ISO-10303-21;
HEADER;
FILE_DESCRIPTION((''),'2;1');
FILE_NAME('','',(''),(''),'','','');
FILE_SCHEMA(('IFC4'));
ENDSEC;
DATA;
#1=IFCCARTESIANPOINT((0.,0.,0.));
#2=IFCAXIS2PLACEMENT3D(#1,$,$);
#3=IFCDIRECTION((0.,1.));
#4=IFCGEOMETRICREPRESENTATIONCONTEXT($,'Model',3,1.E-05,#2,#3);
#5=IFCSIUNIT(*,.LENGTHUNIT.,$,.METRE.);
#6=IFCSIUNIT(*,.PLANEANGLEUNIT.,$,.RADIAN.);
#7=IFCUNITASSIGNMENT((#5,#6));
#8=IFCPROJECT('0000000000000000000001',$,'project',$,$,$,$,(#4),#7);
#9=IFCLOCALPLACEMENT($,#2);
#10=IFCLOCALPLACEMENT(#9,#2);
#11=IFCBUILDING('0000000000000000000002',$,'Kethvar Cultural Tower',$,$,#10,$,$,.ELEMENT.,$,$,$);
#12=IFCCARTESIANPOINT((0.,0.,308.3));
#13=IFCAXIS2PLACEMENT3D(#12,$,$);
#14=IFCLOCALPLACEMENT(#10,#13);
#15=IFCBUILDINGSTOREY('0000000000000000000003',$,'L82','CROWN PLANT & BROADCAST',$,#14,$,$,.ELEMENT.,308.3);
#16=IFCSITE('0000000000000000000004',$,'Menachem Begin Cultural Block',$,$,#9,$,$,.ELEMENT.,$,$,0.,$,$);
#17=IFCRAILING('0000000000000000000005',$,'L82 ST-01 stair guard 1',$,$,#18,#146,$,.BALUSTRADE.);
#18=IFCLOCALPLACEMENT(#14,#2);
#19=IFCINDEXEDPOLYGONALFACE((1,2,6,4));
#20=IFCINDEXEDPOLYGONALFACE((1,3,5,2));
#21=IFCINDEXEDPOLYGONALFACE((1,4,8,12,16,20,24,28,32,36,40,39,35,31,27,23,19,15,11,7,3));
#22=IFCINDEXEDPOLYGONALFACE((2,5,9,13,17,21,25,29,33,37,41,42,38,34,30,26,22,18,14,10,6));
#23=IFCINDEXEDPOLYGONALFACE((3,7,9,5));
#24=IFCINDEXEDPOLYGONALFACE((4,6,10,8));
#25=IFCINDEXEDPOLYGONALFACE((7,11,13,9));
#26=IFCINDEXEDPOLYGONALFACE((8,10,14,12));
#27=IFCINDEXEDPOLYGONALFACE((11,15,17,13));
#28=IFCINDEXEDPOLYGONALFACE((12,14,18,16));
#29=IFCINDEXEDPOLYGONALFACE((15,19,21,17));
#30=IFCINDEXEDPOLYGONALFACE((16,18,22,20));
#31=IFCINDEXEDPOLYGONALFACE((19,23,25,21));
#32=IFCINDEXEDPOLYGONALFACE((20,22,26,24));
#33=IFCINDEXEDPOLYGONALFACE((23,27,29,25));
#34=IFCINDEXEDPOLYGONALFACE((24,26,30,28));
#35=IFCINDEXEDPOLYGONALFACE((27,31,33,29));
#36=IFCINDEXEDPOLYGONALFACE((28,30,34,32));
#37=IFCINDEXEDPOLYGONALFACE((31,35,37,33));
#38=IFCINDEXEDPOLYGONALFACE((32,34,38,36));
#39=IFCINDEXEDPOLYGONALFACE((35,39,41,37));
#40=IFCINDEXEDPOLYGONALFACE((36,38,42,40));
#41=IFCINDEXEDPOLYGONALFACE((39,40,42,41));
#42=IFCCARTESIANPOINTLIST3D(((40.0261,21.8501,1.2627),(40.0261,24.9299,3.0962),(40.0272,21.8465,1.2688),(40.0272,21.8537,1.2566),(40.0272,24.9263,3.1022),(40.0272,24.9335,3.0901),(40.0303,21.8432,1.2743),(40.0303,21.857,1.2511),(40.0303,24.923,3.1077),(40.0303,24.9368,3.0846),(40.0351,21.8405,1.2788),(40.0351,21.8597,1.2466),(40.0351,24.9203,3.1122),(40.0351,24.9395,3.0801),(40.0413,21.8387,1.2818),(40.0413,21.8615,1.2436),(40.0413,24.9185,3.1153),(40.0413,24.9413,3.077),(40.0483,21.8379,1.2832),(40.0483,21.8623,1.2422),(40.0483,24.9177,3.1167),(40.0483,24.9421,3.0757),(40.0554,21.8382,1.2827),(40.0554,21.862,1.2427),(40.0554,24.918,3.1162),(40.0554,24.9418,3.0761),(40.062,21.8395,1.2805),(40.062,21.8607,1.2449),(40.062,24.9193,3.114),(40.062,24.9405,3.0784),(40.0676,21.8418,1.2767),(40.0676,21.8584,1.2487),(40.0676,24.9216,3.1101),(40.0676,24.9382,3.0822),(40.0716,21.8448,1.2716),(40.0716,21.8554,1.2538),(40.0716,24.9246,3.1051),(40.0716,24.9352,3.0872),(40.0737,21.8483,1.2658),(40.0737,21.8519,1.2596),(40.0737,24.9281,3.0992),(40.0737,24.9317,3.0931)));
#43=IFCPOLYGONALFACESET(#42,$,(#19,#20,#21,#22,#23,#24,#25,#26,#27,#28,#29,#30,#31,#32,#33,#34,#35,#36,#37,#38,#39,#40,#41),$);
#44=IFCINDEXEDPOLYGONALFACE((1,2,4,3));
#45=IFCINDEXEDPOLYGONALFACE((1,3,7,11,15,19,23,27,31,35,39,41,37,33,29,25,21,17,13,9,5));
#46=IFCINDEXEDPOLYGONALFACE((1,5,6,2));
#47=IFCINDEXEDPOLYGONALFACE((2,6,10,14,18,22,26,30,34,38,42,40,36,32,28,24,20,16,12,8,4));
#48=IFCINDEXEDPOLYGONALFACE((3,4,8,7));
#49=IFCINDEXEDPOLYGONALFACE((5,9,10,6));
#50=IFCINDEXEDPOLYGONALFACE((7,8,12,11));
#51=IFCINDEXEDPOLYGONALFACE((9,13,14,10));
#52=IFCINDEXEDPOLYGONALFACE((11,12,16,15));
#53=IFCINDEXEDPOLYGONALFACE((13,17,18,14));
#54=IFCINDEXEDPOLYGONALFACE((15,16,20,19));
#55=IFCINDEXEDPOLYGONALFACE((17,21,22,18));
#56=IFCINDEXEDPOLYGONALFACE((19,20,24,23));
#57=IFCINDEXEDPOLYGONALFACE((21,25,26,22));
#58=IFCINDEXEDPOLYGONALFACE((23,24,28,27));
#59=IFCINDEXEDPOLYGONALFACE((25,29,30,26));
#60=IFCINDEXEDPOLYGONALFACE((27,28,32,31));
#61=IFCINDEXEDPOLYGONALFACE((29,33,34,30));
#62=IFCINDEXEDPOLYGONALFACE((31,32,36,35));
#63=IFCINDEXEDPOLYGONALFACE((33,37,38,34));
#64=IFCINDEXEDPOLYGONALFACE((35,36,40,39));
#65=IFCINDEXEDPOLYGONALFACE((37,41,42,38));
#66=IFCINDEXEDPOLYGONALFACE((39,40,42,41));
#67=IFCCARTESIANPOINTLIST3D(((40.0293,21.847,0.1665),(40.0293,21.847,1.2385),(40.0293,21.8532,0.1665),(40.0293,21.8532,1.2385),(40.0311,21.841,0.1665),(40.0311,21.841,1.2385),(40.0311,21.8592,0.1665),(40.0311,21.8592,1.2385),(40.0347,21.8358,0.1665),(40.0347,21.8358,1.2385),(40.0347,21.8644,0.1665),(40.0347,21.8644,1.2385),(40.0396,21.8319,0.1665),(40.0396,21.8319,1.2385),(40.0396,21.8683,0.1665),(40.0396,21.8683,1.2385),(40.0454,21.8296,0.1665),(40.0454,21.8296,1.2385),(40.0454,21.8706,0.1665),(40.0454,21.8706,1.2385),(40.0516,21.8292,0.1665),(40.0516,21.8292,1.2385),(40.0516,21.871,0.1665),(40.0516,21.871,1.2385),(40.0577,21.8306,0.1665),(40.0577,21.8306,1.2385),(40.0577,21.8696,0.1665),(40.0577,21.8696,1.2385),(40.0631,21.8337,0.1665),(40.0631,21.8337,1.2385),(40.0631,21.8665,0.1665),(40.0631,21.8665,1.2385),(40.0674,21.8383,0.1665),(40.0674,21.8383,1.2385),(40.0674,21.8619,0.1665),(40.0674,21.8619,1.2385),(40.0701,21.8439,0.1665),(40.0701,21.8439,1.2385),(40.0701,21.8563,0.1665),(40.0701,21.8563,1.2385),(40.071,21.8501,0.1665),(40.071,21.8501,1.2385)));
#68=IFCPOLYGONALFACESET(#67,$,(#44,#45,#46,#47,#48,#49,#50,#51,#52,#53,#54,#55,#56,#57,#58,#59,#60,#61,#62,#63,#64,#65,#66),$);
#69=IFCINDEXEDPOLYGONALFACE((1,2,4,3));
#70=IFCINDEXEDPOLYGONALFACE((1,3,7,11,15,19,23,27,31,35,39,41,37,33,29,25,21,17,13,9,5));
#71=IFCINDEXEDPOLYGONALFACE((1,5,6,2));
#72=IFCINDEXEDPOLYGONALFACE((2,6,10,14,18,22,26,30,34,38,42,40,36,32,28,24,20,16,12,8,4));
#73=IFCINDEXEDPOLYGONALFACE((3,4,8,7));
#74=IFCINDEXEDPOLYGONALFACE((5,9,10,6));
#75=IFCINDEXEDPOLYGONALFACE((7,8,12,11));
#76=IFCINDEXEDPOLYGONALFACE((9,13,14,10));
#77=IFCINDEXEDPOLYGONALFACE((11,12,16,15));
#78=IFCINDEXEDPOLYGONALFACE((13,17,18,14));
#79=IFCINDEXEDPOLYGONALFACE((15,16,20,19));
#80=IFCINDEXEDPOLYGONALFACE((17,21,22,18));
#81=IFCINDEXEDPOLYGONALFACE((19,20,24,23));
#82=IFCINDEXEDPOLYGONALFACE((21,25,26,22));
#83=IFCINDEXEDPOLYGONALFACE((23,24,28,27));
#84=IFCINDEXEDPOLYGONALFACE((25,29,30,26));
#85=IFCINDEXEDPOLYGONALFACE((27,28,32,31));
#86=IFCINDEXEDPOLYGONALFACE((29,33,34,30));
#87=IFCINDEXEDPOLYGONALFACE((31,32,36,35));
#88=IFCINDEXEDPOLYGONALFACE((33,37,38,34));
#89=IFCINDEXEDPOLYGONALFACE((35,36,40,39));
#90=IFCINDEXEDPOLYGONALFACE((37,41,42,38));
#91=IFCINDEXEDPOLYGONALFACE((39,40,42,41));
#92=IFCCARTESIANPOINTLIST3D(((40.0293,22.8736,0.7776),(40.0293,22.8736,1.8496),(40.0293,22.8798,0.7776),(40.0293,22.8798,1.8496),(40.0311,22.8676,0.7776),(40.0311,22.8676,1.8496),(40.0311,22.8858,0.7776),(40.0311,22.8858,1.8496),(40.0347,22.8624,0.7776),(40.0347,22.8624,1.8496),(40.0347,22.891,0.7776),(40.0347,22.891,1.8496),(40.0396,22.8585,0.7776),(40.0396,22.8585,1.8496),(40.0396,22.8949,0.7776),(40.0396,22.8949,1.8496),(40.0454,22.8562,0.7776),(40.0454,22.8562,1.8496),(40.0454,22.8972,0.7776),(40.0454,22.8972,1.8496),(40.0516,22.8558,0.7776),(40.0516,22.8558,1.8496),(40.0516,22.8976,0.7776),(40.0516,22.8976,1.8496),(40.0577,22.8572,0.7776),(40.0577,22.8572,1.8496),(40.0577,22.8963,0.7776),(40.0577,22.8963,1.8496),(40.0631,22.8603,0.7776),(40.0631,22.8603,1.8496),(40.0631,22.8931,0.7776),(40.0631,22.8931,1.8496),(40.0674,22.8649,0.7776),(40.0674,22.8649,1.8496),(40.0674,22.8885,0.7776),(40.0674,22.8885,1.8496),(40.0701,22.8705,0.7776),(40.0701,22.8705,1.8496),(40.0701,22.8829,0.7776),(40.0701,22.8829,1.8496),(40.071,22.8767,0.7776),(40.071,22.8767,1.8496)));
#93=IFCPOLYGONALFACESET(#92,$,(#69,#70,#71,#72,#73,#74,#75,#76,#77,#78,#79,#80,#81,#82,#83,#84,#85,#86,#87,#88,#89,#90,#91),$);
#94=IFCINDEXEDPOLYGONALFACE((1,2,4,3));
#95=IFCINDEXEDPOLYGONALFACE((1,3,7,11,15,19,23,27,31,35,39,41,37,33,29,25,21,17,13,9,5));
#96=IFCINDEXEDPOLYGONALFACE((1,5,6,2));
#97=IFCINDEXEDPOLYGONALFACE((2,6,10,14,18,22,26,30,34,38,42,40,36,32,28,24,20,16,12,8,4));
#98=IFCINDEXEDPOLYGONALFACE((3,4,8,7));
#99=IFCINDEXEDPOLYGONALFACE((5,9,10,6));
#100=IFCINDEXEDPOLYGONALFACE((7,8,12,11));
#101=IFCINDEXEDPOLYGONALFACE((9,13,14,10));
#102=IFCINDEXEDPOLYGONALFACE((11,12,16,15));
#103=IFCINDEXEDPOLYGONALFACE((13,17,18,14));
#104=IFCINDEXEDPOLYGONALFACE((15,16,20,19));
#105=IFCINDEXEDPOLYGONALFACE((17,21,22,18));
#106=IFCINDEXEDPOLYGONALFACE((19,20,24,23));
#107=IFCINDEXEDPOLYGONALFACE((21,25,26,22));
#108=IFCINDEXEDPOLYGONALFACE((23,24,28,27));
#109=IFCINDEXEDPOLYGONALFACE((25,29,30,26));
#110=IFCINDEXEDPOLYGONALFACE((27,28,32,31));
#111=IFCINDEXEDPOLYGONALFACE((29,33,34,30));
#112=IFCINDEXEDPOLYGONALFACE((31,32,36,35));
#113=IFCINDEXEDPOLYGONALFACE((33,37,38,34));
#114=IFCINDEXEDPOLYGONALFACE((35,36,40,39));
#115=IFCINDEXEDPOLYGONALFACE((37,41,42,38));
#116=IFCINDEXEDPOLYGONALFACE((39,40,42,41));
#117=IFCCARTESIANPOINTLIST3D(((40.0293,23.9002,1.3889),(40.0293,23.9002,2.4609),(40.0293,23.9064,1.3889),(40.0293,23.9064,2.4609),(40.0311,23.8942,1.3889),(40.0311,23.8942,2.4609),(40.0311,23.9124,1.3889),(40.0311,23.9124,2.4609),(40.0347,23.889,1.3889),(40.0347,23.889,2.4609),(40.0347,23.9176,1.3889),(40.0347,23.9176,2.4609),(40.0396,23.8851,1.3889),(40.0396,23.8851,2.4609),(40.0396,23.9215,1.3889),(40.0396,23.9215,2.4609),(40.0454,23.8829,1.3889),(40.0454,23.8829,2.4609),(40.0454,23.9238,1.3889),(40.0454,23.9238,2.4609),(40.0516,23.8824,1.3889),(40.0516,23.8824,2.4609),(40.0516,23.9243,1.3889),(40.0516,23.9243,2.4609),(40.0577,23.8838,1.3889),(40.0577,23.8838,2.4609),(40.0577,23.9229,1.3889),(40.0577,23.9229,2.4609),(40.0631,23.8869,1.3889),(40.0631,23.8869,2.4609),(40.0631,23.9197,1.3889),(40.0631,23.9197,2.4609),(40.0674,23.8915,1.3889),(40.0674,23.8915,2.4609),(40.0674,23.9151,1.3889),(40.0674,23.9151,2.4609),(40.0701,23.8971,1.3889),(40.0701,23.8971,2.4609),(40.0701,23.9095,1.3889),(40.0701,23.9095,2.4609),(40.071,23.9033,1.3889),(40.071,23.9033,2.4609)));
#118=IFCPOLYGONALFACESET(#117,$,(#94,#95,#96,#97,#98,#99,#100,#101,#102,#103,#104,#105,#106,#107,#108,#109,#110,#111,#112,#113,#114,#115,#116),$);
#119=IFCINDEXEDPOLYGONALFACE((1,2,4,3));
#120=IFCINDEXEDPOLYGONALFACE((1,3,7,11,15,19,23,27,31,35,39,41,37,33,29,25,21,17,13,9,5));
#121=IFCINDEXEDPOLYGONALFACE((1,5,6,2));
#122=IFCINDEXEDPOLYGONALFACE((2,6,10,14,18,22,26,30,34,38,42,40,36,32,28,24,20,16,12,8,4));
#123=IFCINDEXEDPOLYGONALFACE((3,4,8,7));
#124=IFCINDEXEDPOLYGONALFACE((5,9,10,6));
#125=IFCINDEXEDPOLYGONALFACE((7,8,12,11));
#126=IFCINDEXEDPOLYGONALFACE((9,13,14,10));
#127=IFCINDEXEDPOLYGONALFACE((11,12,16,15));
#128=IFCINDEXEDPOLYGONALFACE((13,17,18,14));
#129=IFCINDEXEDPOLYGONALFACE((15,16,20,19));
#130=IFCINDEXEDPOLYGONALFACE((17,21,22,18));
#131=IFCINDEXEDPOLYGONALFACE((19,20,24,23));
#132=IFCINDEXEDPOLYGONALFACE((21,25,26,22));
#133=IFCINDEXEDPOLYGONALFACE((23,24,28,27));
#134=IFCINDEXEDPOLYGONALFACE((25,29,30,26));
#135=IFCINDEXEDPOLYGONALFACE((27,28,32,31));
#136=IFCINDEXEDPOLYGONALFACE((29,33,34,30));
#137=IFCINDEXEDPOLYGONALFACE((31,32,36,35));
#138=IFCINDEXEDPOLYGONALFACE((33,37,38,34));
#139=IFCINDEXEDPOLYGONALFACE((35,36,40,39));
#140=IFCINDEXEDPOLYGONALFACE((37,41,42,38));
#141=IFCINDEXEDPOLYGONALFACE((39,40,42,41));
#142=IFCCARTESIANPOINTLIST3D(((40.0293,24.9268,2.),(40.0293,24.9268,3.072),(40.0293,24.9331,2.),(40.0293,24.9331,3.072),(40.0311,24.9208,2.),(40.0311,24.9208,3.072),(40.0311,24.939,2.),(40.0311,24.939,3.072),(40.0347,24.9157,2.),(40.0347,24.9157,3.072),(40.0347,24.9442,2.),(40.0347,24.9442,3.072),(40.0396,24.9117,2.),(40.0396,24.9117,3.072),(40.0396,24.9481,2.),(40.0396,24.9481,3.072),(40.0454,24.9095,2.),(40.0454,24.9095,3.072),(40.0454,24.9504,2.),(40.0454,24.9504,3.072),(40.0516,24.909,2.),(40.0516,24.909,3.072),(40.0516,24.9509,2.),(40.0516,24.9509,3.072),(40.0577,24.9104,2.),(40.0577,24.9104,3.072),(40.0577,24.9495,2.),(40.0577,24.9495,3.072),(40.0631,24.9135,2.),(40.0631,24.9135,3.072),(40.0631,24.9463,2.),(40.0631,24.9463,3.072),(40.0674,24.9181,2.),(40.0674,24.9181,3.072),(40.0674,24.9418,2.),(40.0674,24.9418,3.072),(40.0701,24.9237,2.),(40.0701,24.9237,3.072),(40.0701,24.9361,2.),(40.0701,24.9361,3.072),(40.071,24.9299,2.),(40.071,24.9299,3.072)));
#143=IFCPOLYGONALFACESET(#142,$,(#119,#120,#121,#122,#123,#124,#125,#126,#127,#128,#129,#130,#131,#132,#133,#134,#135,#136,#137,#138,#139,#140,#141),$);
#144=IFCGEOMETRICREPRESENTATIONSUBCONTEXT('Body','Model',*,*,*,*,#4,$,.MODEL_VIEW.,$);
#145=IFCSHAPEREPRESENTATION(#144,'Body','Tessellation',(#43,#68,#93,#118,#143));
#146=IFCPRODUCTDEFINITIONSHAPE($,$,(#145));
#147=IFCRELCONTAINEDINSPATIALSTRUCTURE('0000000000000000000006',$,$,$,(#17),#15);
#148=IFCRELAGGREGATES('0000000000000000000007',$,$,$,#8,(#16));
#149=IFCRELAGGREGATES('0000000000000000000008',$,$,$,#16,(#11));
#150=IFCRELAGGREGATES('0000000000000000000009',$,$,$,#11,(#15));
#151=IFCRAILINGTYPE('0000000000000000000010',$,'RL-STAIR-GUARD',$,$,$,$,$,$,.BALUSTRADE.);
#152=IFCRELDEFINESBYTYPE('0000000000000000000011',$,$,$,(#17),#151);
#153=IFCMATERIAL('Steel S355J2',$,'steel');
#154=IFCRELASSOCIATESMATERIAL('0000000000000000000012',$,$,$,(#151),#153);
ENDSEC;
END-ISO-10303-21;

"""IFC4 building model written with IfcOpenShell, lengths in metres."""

from ifc_helpers import new_model, si_unit, direction, frame, origin, origin_2d, place, context, subcontext, project, spatial, circle, extrude, material, type_object, element, save


model = new_model("IFC4")

# Units and contexts
model_context = context("Model", 3, precision=1e-05, world=origin(), true_north=direction((0.0, 1.0)))
body_context = subcontext(model_context, "Body", "Model", "MODEL_VIEW")
ifc_project = project(units=[si_unit("LENGTHUNIT", "METRE"), si_unit("PLANEANGLEUNIT", "RADIAN")], contexts=[model_context])

# Site, building, storey
site_placement = place(None, origin())
site = spatial("IfcSite", under=ifc_project, at=site_placement, Name="Menachem Begin Cultural Block", CompositionType="ELEMENT", RefElevation=0.0)
building_placement = place(site_placement, origin())
building = spatial("IfcBuilding", under=site, at=building_placement, Name="Kethvar Cultural Tower", CompositionType="ELEMENT")
storey_placement = place(building_placement, frame((0.0, 0.0, 308.3)))
storey = spatial("IfcBuildingStorey", under=building, at=storey_placement, Name="L82", Description="CROWN PLANT & BROADCAST", CompositionType="ELEMENT", Elevation=308.3)

# Shared definitions
ifc_material_1 = material(Name="Steel S355J2", Category="steel")

# Railing
railing_type_1 = type_object("IfcRailingType", Name="RL-STAIR-GUARD", PredefinedType="BALUSTRADE", material=ifc_material_1)
railing_1_placement = place(storey_placement, frame((40.05, 21.8501, 0.1665)))
element("IfcRailing", 1, at=railing_1_placement, inside=storey, type_object=railing_type_1, Name="L82 ST-01 stair guard 1", PredefinedType="BALUSTRADE", context=body_context, shape_type="SweptSolid", body=[
    extrude(circle(Radius=0.0239, at=origin_2d()), frame((0.0, 0.0, 1.0962), z_axis=(0.0, 0.859261, 0.511538), x_axis=(-1.0, 0.0, 0.0)), (0.0, 0.0, 1.0), 3.5842),
    extrude(circle(Radius=0.021, at=origin_2d()), origin(), (0.0, 0.0, 1.0), 1.072),
    extrude(circle(Radius=0.021, at=origin_2d()), frame((0.0, 1.0266, 0.6111)), (0.0, 0.0, 1.0), 1.072),
    extrude(circle(Radius=0.021, at=origin_2d()), frame((0.0, 2.0532, 1.2224)), (0.0, 0.0, 1.0), 1.072),
    extrude(circle(Radius=0.021, at=origin_2d()), frame((0.0, 3.0798, 1.8335)), (0.0, 0.0, 1.0), 1.072),
])

save(model, "model.ifc")
